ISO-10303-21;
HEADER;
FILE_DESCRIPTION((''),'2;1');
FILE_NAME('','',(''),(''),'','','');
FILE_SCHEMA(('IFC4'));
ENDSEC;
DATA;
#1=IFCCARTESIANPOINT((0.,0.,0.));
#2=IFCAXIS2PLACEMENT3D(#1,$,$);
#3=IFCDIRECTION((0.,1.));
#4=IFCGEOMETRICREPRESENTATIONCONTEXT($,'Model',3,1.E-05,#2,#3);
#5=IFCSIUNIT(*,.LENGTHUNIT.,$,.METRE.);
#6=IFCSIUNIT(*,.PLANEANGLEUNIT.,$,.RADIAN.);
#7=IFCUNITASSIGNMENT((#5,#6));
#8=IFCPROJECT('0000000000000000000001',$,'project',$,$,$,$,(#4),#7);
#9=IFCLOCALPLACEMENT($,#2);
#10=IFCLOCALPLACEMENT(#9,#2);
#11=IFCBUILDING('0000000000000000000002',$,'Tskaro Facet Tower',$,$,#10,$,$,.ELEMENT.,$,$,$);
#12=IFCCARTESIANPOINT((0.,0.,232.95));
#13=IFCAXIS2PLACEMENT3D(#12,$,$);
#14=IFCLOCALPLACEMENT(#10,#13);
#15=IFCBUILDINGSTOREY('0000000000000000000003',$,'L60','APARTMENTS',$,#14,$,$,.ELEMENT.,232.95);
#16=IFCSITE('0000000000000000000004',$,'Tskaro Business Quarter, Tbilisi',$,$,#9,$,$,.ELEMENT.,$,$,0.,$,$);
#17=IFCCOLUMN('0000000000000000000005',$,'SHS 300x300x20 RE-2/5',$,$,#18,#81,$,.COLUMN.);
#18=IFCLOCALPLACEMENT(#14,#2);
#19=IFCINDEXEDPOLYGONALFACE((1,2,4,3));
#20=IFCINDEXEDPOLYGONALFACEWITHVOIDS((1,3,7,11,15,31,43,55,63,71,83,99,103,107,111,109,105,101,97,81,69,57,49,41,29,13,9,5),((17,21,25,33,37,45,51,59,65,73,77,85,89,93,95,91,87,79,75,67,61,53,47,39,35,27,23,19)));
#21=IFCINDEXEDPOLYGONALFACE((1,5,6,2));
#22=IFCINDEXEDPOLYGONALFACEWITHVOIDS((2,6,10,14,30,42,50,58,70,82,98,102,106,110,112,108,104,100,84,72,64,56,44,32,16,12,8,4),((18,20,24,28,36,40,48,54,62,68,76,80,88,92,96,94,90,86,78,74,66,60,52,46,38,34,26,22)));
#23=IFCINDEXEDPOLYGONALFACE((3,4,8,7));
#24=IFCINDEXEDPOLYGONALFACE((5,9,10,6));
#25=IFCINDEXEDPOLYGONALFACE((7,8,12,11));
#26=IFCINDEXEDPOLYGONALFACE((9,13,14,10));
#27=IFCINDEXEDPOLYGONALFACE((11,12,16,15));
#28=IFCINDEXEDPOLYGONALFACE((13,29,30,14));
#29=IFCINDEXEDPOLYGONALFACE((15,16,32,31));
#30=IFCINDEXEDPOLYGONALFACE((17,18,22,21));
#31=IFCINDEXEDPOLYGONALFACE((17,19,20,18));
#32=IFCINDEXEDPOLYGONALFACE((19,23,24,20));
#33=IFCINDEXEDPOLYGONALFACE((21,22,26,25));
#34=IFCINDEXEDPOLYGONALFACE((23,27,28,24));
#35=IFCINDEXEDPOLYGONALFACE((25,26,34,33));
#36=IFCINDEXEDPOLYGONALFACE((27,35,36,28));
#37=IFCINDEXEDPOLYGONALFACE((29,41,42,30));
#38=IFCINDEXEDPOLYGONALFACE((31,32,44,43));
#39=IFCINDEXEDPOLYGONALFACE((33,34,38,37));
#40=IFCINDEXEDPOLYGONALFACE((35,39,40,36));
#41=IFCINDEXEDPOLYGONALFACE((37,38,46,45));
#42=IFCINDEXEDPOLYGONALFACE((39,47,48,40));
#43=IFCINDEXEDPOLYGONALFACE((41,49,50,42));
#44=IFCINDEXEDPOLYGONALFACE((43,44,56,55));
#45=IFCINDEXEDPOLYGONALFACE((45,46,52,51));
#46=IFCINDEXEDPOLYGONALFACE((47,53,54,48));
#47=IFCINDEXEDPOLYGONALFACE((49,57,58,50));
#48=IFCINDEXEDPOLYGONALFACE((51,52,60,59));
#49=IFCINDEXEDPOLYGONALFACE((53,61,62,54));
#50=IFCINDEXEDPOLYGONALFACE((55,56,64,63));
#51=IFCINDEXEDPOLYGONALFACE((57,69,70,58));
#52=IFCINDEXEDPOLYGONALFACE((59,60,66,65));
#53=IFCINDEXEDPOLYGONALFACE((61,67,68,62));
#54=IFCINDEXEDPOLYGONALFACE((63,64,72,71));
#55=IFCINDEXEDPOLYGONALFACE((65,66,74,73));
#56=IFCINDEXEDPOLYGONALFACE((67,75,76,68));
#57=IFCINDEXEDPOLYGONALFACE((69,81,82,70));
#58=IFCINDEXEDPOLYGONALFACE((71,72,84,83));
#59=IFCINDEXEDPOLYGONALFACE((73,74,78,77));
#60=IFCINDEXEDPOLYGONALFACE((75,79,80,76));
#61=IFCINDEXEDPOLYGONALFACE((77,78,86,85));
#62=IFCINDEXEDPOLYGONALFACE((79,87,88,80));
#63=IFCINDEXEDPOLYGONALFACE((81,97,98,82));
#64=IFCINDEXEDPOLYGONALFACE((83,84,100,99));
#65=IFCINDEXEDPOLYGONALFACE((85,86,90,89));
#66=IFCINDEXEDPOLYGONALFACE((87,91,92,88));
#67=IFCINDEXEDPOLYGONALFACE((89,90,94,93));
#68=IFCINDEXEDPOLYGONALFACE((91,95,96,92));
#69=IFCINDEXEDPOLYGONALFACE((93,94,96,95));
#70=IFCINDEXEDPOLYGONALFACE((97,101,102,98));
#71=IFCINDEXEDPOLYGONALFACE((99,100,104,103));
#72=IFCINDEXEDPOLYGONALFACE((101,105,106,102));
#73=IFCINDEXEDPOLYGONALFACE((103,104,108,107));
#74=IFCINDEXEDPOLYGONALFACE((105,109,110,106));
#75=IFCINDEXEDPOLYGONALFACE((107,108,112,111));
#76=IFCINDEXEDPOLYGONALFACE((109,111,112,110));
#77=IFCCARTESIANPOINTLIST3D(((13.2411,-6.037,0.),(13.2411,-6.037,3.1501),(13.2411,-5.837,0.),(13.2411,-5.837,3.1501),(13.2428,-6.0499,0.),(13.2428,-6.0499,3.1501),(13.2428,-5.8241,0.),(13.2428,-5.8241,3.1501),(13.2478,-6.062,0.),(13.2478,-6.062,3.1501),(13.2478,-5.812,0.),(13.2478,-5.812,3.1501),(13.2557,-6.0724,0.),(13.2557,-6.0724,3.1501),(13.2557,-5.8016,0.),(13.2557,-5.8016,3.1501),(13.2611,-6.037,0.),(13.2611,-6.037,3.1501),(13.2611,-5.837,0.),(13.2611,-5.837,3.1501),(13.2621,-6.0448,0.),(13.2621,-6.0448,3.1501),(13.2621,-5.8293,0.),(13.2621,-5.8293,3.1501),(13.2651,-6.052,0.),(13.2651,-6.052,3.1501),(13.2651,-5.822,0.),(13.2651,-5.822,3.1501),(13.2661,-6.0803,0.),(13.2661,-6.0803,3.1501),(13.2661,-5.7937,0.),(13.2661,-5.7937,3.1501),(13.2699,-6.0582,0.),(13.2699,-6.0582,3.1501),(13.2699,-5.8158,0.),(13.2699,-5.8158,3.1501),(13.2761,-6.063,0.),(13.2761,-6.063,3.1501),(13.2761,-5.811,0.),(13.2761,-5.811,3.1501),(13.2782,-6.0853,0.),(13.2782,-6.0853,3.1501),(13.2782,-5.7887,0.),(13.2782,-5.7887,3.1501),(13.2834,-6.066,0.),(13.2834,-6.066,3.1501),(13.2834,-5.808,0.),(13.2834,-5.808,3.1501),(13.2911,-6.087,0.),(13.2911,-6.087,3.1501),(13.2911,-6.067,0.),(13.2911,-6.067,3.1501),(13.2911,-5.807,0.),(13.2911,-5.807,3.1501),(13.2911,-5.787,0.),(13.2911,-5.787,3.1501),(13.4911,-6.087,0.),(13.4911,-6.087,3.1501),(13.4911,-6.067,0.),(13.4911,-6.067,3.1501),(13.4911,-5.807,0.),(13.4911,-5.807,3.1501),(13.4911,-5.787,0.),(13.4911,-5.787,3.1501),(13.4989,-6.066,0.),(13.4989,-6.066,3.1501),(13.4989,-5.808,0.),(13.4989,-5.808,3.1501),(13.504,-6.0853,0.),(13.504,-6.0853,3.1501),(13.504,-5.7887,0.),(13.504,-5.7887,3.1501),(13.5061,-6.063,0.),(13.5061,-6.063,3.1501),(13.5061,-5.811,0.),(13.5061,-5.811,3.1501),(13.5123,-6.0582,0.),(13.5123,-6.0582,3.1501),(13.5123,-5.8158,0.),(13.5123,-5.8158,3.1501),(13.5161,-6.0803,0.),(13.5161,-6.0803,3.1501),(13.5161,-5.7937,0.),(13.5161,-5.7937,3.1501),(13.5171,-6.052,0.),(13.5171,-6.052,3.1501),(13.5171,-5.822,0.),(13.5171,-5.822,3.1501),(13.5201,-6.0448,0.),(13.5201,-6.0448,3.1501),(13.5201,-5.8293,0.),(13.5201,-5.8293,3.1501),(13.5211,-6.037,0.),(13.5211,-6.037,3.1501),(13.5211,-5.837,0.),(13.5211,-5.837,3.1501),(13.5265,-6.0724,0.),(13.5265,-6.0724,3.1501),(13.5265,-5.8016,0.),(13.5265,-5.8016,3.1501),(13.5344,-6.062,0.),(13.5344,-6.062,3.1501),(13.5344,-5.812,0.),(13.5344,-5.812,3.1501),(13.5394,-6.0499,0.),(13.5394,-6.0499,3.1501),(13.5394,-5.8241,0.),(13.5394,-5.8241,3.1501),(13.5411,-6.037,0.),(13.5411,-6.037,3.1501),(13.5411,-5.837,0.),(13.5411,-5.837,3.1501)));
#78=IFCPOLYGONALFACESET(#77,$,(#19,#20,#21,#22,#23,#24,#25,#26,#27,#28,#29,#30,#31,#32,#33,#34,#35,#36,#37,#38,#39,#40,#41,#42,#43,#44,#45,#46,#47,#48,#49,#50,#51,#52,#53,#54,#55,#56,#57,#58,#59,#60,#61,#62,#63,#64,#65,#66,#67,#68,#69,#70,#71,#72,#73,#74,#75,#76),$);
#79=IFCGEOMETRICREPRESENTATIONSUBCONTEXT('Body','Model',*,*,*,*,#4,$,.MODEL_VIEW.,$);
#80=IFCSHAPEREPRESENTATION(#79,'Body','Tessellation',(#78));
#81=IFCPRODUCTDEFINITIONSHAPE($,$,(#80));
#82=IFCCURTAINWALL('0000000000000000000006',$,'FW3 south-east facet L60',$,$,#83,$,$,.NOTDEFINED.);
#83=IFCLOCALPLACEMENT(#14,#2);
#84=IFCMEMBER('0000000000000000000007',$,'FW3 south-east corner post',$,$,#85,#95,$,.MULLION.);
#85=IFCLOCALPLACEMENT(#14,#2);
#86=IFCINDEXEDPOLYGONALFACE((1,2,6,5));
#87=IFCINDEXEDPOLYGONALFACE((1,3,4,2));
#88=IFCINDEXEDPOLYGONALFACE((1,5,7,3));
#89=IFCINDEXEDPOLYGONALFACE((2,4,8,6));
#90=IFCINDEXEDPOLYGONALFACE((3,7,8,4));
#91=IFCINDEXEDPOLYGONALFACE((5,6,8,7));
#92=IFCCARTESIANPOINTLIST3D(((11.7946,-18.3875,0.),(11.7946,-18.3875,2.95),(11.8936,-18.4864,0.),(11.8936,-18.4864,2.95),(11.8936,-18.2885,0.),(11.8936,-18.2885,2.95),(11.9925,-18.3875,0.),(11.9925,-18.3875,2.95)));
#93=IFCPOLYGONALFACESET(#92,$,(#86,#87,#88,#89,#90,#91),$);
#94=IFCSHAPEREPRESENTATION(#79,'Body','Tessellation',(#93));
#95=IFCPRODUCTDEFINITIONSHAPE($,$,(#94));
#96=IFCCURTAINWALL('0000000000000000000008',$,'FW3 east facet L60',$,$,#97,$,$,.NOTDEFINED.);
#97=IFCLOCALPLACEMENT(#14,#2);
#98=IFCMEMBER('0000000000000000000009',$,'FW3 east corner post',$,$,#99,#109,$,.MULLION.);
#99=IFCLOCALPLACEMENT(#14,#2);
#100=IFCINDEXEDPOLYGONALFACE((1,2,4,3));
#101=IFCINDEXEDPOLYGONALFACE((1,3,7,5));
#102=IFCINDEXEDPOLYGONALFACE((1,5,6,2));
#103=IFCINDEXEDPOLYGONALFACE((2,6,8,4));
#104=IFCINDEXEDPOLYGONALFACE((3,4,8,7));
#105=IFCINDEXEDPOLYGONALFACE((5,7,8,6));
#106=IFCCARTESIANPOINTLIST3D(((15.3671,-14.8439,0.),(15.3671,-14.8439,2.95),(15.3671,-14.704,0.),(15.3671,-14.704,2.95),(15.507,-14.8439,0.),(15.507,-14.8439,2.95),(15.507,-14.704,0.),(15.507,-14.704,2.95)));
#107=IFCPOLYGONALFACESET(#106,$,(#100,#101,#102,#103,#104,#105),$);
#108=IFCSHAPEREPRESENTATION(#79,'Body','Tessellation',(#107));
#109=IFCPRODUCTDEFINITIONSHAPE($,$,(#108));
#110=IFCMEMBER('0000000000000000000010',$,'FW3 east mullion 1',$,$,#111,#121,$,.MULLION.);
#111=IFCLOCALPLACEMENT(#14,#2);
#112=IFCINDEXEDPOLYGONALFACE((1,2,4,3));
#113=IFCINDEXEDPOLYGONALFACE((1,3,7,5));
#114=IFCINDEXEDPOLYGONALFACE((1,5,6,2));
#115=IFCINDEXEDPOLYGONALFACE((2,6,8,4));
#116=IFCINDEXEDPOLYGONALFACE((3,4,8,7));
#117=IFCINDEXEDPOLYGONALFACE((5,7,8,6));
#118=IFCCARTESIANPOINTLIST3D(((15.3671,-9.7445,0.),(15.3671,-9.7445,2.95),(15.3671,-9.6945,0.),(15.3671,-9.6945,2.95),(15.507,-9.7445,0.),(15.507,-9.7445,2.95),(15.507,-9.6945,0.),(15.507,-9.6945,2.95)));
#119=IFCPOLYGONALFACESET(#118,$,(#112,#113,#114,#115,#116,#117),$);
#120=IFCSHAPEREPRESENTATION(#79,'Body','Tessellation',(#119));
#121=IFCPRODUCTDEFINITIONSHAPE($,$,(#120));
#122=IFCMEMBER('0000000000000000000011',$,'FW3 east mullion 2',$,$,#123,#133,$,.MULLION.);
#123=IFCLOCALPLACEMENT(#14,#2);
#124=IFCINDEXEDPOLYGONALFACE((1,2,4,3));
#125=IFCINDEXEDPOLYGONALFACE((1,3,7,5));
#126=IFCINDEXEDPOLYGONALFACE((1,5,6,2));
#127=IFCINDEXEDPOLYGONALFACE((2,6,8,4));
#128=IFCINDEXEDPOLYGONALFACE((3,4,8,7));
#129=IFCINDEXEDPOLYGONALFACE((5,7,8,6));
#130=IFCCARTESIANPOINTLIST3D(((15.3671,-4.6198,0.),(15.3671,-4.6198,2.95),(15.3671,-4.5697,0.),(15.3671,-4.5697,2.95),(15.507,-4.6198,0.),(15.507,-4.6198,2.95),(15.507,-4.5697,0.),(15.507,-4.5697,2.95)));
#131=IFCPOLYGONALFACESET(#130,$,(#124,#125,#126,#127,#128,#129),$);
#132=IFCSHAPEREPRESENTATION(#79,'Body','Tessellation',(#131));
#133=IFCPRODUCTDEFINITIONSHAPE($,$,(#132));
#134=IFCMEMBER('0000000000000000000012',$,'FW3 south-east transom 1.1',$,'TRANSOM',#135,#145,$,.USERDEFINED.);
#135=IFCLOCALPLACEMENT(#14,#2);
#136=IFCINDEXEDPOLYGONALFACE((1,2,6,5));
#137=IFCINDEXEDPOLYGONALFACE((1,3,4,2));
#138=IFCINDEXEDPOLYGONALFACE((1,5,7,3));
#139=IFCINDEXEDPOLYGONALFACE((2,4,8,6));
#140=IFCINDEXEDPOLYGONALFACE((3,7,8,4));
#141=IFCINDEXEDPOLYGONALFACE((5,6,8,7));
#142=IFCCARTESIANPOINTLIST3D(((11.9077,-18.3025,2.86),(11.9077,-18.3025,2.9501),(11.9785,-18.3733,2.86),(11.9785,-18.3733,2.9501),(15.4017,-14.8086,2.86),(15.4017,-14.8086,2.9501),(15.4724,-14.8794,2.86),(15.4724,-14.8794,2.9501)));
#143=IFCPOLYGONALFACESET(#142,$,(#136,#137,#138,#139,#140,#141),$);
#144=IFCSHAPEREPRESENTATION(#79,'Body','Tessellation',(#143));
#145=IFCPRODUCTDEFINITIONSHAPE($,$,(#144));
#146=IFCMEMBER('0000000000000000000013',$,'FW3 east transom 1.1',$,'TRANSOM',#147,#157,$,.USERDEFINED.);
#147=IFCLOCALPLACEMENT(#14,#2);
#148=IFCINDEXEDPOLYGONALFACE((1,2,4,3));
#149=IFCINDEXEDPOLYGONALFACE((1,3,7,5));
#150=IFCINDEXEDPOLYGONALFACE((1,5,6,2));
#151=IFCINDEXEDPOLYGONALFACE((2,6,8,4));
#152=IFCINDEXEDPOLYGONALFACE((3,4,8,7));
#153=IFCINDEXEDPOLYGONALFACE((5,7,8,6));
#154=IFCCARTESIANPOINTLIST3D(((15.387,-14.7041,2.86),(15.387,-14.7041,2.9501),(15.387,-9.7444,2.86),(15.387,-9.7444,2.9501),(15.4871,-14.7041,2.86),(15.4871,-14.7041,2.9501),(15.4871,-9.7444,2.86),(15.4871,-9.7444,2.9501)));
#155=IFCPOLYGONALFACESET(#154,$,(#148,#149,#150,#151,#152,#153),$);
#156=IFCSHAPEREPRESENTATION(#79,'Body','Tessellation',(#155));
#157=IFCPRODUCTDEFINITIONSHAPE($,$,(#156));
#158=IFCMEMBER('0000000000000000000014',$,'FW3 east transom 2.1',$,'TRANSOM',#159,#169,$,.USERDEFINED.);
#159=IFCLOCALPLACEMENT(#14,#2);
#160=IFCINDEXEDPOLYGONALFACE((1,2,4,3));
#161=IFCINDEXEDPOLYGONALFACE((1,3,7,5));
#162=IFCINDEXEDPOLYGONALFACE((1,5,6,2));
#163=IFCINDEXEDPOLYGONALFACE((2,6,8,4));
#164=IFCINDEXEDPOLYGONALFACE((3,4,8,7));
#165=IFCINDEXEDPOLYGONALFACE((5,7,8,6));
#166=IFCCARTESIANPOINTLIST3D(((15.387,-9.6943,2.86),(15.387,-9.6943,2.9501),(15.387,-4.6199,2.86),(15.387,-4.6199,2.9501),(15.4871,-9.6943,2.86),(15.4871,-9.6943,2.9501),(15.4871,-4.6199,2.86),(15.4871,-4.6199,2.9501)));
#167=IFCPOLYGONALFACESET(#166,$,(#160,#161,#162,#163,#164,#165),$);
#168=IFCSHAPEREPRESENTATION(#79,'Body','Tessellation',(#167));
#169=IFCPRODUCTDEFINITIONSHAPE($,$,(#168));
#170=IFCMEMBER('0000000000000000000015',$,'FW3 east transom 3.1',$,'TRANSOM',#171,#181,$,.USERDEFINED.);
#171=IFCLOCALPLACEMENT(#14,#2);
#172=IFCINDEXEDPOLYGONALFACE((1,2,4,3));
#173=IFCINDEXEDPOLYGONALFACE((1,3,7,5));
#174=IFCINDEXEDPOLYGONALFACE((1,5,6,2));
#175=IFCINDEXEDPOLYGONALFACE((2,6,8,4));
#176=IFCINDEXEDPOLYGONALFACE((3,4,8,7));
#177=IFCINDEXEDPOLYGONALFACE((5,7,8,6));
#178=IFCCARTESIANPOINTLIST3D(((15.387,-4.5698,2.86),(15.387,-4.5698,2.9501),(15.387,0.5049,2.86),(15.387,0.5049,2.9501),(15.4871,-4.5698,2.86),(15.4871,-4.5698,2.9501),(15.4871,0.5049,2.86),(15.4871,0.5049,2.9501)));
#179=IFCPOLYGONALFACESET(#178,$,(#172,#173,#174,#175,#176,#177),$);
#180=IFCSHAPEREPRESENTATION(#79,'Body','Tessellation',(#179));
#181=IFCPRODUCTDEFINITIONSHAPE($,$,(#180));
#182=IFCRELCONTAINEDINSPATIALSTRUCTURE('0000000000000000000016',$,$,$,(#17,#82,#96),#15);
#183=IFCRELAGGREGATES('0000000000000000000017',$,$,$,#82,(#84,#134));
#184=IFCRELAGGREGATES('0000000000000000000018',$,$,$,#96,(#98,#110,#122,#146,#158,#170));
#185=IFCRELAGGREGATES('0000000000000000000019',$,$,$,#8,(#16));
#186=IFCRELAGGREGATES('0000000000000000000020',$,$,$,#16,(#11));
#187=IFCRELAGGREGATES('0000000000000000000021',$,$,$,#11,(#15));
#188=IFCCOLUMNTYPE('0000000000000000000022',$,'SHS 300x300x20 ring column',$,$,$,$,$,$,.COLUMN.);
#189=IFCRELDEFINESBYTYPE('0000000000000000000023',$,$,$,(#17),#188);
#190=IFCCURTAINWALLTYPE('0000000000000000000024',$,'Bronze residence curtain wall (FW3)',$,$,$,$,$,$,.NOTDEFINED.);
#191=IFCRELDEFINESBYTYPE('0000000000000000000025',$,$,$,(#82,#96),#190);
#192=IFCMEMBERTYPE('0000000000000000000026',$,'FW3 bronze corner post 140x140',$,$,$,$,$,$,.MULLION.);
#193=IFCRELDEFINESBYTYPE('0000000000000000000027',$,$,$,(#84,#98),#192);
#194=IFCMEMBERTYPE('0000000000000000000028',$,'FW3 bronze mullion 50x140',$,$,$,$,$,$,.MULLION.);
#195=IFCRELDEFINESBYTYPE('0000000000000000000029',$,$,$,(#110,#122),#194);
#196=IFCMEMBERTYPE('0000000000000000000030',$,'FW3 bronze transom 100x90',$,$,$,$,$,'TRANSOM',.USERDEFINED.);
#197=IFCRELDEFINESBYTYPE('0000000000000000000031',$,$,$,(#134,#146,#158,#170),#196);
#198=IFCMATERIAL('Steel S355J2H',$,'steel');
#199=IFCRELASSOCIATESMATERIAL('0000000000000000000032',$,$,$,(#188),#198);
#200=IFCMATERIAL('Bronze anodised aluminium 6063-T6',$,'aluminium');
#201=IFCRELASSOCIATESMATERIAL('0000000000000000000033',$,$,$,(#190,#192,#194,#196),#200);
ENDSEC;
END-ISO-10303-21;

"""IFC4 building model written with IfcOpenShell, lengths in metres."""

from ifc_helpers import new_model, si_unit, direction, frame, origin, origin_2d, place, context, subcontext, project, spatial, rectangle, hollow_rectangle, extrude, material, material_profile, profile_set, type_object, element, aggregate, save


model = new_model("IFC4")

# Units and contexts
model_context = context("Model", 3, precision=1e-05, world=origin(), true_north=direction((0.0, 1.0)))
body_context = subcontext(model_context, "Body", "Model", "MODEL_VIEW")
ifc_project = project(units=[si_unit("LENGTHUNIT", "METRE"), si_unit("PLANEANGLEUNIT", "RADIAN")], contexts=[model_context])

# Site, building, storey
site_placement = place(None, origin())
site = spatial("IfcSite", under=ifc_project, at=site_placement, Name="Tskaro Business Quarter, Tbilisi", CompositionType="ELEMENT", RefElevation=0.0)
building_placement = place(site_placement, origin())
building = spatial("IfcBuilding", under=site, at=building_placement, Name="Tskaro Facet Tower", CompositionType="ELEMENT")
storey_placement = place(building_placement, frame((0.0, 0.0, 232.95)))
storey = spatial("IfcBuildingStorey", under=building, at=storey_placement, Name="L60", Description="APARTMENTS", CompositionType="ELEMENT", Elevation=232.95)

# Column
ifc_material_1 = material(Name="Steel S355J2H", Category="steel")
ifc_material_profile_1 = material_profile(ifc_material_1, hollow_rectangle(XDim=0.3, YDim=0.3, WallThickness=0.02, InnerFilletRadius=0.03, OuterFilletRadius=0.05, at=origin_2d()), Name="SHS 300x300x20")
ifc_profile_set_1 = profile_set([ifc_material_profile_1], Name="Steel S355J2H")
column_type_1 = type_object("IfcColumnType", Name="SHS 300x300x20 ring column", PredefinedType="COLUMN", material=ifc_profile_set_1)
for number, where, z_axis, x_axis, name in (
    (1, (13.3911, -5.937, 0.0), (0.0, 0.0, 1.0), (1.0, 0.0, 0.0), "SHS 300x300x20 RE-2/5"),
):
    element("IfcColumn", number, at=place(storey_placement, frame(where, z_axis=z_axis, x_axis=x_axis)), inside=storey, type_object=column_type_1, Name=name, PredefinedType="COLUMN", context=body_context, shape_type="SweptSolid", body=[
        extrude(hollow_rectangle(XDim=0.3, YDim=0.3, WallThickness=0.02, InnerFilletRadius=0.03, OuterFilletRadius=0.05, at=origin_2d()), origin(), (0.0, 0.0, 1.0), 3.1501),
    ])

# Curtain wall, member
ifc_material_2 = material(Name="Bronze anodised aluminium 6063-T6", Category="aluminium")
curtain_wall_type = type_object("IfcCurtainWallType", Name="Bronze residence curtain wall (FW3)", PredefinedType="NOTDEFINED", material=ifc_material_2)
curtain_wall_1_placement = place(storey_placement, origin())
curtain_wall_1 = element("IfcCurtainWall", 2, at=curtain_wall_1_placement, inside=storey, type_object=curtain_wall_type, Name="FW3 south-east facet L60", PredefinedType="NOTDEFINED")
ifc_material_profile_2 = material_profile(ifc_material_2, rectangle(XDim=0.1399, YDim=0.1399, at=origin_2d()), Name="Corner post 140x140")
ifc_profile_set_2 = profile_set([ifc_material_profile_2], Name="Bronze anodised aluminium 6063-T6")
member_type_1 = type_object("IfcMemberType", Name="FW3 bronze corner post 140x140", PredefinedType="MULLION", material=ifc_profile_set_2)
member_1_placement = place(storey_placement, frame((11.8936, -18.3875, 0.0), z_axis=(0.0, 0.0, 1.0), x_axis=(0.707107, 0.707107, 0.0)))
member_1 = element("IfcMember", 3, at=member_1_placement, type_object=member_type_1, Name="FW3 south-east corner post", PredefinedType="MULLION", context=body_context, shape_type="SweptSolid", body=[
    extrude(rectangle(XDim=0.1399, YDim=0.1399, at=origin_2d()), origin(), (0.0, 0.0, 1.0), 2.95),
])

# Curtain wall, members
curtain_wall_2_placement = place(storey_placement, origin())
curtain_wall_2 = element("IfcCurtainWall", 4, at=curtain_wall_2_placement, inside=storey, type_object=curtain_wall_type, Name="FW3 east facet L60", PredefinedType="NOTDEFINED")
member_2_placement = place(storey_placement, frame((15.437, -14.7739, 0.0), z_axis=(0.0, 0.0, 1.0), x_axis=(0.0, 1.0, 0.0)))
member_2 = element("IfcMember", 5, at=member_2_placement, type_object=member_type_1, Name="FW3 east corner post", PredefinedType="MULLION", context=body_context, shape_type="SweptSolid", body=[
    extrude(rectangle(XDim=0.1399, YDim=0.1399, at=origin_2d()), origin(), (0.0, 0.0, 1.0), 2.95),
])
ifc_material_profile_3 = material_profile(ifc_material_2, rectangle(XDim=0.05, YDim=0.1399, at=origin_2d()), Name="Mullion 50x140")
ifc_profile_set_3 = profile_set([ifc_material_profile_3], Name="Bronze anodised aluminium 6063-T6")
member_type_2 = type_object("IfcMemberType", Name="FW3 bronze mullion 50x140", PredefinedType="MULLION", material=ifc_profile_set_3)
member_3_placement = place(storey_placement, frame((15.437, -9.7195, 0.0), z_axis=(0.0, 0.0, 1.0), x_axis=(0.0, 1.0, 0.0)))
member_3 = element("IfcMember", 6, at=member_3_placement, type_object=member_type_2, Name="FW3 east mullion 1", PredefinedType="MULLION", context=body_context, shape_type="SweptSolid", body=[
    extrude(rectangle(XDim=0.05, YDim=0.1399, at=origin_2d()), origin(), (0.0, 0.0, 1.0), 2.95),
])
member_4_placement = place(storey_placement, frame((15.437, -4.5947, 0.0), z_axis=(0.0, 0.0, 1.0), x_axis=(0.0, 1.0, 0.0)))
member_4 = element("IfcMember", 7, at=member_4_placement, type_object=member_type_2, Name="FW3 east mullion 2", PredefinedType="MULLION", context=body_context, shape_type="SweptSolid", body=[
    extrude(rectangle(XDim=0.05, YDim=0.1399, at=origin_2d()), origin(), (0.0, 0.0, 1.0), 2.95),
])

# Members
ifc_material_profile_4 = material_profile(ifc_material_2, rectangle(XDim=0.1001, YDim=0.0901, at=origin_2d()), Name="Transom 100x90")
ifc_profile_set_4 = profile_set([ifc_material_profile_4], Name="Bronze anodised aluminium 6063-T6")
member_type_3 = type_object("IfcMemberType", Name="FW3 bronze transom 100x90", ElementType="TRANSOM", PredefinedType="USERDEFINED", material=ifc_profile_set_4)
member_5_placement = place(storey_placement, frame((11.9431, -18.3379, 2.905), z_axis=(0.707107, 0.707107, 0.0), x_axis=(-0.707107, 0.707107, 0.0)))
member_5 = element("IfcMember", 8, at=member_5_placement, type_object=member_type_3, Name="FW3 south-east transom 1.1", ObjectType="TRANSOM", PredefinedType="USERDEFINED", context=body_context, shape_type="SweptSolid", body=[
    extrude(rectangle(XDim=0.1001, YDim=0.0901, at=origin_2d()), origin(), (0.0, 0.0, 1.0), 4.9412),
])
member_6_placement = place(storey_placement, frame((15.437, -14.7041, 2.905), z_axis=(0.0, 1.0, 0.0), x_axis=(-1.0, 0.0, 0.0)))
member_6 = element("IfcMember", 9, at=member_6_placement, type_object=member_type_3, Name="FW3 east transom 1.1", ObjectType="TRANSOM", PredefinedType="USERDEFINED", context=body_context, shape_type="SweptSolid", body=[
    extrude(rectangle(XDim=0.1001, YDim=0.0901, at=origin_2d()), origin(), (0.0, 0.0, 1.0), 4.9597),
])
member_7_placement = place(storey_placement, frame((15.437, -9.6943, 2.905), z_axis=(0.0, 1.0, 0.0), x_axis=(-1.0, 0.0, 0.0)))
member_7 = element("IfcMember", 10, at=member_7_placement, type_object=member_type_3, Name="FW3 east transom 2.1", ObjectType="TRANSOM", PredefinedType="USERDEFINED", context=body_context, shape_type="SweptSolid", body=[
    extrude(rectangle(XDim=0.1001, YDim=0.0901, at=origin_2d()), origin(), (0.0, 0.0, 1.0), 5.0745),
])
member_8_placement = place(storey_placement, frame((15.437, -4.5698, 2.905), z_axis=(0.0, 1.0, 0.0), x_axis=(-1.0, 0.0, 0.0)))
member_8 = element("IfcMember", 11, at=member_8_placement, type_object=member_type_3, Name="FW3 east transom 3.1", ObjectType="TRANSOM", PredefinedType="USERDEFINED", context=body_context, shape_type="SweptSolid", body=[
    extrude(rectangle(XDim=0.1001, YDim=0.0901, at=origin_2d()), origin(), (0.0, 0.0, 1.0), 5.0747),
])

aggregate(curtain_wall_1, [member_1, member_5])
aggregate(curtain_wall_2, [member_2, member_3, member_4, member_6, member_7, member_8])

save(model, "model.ifc")
